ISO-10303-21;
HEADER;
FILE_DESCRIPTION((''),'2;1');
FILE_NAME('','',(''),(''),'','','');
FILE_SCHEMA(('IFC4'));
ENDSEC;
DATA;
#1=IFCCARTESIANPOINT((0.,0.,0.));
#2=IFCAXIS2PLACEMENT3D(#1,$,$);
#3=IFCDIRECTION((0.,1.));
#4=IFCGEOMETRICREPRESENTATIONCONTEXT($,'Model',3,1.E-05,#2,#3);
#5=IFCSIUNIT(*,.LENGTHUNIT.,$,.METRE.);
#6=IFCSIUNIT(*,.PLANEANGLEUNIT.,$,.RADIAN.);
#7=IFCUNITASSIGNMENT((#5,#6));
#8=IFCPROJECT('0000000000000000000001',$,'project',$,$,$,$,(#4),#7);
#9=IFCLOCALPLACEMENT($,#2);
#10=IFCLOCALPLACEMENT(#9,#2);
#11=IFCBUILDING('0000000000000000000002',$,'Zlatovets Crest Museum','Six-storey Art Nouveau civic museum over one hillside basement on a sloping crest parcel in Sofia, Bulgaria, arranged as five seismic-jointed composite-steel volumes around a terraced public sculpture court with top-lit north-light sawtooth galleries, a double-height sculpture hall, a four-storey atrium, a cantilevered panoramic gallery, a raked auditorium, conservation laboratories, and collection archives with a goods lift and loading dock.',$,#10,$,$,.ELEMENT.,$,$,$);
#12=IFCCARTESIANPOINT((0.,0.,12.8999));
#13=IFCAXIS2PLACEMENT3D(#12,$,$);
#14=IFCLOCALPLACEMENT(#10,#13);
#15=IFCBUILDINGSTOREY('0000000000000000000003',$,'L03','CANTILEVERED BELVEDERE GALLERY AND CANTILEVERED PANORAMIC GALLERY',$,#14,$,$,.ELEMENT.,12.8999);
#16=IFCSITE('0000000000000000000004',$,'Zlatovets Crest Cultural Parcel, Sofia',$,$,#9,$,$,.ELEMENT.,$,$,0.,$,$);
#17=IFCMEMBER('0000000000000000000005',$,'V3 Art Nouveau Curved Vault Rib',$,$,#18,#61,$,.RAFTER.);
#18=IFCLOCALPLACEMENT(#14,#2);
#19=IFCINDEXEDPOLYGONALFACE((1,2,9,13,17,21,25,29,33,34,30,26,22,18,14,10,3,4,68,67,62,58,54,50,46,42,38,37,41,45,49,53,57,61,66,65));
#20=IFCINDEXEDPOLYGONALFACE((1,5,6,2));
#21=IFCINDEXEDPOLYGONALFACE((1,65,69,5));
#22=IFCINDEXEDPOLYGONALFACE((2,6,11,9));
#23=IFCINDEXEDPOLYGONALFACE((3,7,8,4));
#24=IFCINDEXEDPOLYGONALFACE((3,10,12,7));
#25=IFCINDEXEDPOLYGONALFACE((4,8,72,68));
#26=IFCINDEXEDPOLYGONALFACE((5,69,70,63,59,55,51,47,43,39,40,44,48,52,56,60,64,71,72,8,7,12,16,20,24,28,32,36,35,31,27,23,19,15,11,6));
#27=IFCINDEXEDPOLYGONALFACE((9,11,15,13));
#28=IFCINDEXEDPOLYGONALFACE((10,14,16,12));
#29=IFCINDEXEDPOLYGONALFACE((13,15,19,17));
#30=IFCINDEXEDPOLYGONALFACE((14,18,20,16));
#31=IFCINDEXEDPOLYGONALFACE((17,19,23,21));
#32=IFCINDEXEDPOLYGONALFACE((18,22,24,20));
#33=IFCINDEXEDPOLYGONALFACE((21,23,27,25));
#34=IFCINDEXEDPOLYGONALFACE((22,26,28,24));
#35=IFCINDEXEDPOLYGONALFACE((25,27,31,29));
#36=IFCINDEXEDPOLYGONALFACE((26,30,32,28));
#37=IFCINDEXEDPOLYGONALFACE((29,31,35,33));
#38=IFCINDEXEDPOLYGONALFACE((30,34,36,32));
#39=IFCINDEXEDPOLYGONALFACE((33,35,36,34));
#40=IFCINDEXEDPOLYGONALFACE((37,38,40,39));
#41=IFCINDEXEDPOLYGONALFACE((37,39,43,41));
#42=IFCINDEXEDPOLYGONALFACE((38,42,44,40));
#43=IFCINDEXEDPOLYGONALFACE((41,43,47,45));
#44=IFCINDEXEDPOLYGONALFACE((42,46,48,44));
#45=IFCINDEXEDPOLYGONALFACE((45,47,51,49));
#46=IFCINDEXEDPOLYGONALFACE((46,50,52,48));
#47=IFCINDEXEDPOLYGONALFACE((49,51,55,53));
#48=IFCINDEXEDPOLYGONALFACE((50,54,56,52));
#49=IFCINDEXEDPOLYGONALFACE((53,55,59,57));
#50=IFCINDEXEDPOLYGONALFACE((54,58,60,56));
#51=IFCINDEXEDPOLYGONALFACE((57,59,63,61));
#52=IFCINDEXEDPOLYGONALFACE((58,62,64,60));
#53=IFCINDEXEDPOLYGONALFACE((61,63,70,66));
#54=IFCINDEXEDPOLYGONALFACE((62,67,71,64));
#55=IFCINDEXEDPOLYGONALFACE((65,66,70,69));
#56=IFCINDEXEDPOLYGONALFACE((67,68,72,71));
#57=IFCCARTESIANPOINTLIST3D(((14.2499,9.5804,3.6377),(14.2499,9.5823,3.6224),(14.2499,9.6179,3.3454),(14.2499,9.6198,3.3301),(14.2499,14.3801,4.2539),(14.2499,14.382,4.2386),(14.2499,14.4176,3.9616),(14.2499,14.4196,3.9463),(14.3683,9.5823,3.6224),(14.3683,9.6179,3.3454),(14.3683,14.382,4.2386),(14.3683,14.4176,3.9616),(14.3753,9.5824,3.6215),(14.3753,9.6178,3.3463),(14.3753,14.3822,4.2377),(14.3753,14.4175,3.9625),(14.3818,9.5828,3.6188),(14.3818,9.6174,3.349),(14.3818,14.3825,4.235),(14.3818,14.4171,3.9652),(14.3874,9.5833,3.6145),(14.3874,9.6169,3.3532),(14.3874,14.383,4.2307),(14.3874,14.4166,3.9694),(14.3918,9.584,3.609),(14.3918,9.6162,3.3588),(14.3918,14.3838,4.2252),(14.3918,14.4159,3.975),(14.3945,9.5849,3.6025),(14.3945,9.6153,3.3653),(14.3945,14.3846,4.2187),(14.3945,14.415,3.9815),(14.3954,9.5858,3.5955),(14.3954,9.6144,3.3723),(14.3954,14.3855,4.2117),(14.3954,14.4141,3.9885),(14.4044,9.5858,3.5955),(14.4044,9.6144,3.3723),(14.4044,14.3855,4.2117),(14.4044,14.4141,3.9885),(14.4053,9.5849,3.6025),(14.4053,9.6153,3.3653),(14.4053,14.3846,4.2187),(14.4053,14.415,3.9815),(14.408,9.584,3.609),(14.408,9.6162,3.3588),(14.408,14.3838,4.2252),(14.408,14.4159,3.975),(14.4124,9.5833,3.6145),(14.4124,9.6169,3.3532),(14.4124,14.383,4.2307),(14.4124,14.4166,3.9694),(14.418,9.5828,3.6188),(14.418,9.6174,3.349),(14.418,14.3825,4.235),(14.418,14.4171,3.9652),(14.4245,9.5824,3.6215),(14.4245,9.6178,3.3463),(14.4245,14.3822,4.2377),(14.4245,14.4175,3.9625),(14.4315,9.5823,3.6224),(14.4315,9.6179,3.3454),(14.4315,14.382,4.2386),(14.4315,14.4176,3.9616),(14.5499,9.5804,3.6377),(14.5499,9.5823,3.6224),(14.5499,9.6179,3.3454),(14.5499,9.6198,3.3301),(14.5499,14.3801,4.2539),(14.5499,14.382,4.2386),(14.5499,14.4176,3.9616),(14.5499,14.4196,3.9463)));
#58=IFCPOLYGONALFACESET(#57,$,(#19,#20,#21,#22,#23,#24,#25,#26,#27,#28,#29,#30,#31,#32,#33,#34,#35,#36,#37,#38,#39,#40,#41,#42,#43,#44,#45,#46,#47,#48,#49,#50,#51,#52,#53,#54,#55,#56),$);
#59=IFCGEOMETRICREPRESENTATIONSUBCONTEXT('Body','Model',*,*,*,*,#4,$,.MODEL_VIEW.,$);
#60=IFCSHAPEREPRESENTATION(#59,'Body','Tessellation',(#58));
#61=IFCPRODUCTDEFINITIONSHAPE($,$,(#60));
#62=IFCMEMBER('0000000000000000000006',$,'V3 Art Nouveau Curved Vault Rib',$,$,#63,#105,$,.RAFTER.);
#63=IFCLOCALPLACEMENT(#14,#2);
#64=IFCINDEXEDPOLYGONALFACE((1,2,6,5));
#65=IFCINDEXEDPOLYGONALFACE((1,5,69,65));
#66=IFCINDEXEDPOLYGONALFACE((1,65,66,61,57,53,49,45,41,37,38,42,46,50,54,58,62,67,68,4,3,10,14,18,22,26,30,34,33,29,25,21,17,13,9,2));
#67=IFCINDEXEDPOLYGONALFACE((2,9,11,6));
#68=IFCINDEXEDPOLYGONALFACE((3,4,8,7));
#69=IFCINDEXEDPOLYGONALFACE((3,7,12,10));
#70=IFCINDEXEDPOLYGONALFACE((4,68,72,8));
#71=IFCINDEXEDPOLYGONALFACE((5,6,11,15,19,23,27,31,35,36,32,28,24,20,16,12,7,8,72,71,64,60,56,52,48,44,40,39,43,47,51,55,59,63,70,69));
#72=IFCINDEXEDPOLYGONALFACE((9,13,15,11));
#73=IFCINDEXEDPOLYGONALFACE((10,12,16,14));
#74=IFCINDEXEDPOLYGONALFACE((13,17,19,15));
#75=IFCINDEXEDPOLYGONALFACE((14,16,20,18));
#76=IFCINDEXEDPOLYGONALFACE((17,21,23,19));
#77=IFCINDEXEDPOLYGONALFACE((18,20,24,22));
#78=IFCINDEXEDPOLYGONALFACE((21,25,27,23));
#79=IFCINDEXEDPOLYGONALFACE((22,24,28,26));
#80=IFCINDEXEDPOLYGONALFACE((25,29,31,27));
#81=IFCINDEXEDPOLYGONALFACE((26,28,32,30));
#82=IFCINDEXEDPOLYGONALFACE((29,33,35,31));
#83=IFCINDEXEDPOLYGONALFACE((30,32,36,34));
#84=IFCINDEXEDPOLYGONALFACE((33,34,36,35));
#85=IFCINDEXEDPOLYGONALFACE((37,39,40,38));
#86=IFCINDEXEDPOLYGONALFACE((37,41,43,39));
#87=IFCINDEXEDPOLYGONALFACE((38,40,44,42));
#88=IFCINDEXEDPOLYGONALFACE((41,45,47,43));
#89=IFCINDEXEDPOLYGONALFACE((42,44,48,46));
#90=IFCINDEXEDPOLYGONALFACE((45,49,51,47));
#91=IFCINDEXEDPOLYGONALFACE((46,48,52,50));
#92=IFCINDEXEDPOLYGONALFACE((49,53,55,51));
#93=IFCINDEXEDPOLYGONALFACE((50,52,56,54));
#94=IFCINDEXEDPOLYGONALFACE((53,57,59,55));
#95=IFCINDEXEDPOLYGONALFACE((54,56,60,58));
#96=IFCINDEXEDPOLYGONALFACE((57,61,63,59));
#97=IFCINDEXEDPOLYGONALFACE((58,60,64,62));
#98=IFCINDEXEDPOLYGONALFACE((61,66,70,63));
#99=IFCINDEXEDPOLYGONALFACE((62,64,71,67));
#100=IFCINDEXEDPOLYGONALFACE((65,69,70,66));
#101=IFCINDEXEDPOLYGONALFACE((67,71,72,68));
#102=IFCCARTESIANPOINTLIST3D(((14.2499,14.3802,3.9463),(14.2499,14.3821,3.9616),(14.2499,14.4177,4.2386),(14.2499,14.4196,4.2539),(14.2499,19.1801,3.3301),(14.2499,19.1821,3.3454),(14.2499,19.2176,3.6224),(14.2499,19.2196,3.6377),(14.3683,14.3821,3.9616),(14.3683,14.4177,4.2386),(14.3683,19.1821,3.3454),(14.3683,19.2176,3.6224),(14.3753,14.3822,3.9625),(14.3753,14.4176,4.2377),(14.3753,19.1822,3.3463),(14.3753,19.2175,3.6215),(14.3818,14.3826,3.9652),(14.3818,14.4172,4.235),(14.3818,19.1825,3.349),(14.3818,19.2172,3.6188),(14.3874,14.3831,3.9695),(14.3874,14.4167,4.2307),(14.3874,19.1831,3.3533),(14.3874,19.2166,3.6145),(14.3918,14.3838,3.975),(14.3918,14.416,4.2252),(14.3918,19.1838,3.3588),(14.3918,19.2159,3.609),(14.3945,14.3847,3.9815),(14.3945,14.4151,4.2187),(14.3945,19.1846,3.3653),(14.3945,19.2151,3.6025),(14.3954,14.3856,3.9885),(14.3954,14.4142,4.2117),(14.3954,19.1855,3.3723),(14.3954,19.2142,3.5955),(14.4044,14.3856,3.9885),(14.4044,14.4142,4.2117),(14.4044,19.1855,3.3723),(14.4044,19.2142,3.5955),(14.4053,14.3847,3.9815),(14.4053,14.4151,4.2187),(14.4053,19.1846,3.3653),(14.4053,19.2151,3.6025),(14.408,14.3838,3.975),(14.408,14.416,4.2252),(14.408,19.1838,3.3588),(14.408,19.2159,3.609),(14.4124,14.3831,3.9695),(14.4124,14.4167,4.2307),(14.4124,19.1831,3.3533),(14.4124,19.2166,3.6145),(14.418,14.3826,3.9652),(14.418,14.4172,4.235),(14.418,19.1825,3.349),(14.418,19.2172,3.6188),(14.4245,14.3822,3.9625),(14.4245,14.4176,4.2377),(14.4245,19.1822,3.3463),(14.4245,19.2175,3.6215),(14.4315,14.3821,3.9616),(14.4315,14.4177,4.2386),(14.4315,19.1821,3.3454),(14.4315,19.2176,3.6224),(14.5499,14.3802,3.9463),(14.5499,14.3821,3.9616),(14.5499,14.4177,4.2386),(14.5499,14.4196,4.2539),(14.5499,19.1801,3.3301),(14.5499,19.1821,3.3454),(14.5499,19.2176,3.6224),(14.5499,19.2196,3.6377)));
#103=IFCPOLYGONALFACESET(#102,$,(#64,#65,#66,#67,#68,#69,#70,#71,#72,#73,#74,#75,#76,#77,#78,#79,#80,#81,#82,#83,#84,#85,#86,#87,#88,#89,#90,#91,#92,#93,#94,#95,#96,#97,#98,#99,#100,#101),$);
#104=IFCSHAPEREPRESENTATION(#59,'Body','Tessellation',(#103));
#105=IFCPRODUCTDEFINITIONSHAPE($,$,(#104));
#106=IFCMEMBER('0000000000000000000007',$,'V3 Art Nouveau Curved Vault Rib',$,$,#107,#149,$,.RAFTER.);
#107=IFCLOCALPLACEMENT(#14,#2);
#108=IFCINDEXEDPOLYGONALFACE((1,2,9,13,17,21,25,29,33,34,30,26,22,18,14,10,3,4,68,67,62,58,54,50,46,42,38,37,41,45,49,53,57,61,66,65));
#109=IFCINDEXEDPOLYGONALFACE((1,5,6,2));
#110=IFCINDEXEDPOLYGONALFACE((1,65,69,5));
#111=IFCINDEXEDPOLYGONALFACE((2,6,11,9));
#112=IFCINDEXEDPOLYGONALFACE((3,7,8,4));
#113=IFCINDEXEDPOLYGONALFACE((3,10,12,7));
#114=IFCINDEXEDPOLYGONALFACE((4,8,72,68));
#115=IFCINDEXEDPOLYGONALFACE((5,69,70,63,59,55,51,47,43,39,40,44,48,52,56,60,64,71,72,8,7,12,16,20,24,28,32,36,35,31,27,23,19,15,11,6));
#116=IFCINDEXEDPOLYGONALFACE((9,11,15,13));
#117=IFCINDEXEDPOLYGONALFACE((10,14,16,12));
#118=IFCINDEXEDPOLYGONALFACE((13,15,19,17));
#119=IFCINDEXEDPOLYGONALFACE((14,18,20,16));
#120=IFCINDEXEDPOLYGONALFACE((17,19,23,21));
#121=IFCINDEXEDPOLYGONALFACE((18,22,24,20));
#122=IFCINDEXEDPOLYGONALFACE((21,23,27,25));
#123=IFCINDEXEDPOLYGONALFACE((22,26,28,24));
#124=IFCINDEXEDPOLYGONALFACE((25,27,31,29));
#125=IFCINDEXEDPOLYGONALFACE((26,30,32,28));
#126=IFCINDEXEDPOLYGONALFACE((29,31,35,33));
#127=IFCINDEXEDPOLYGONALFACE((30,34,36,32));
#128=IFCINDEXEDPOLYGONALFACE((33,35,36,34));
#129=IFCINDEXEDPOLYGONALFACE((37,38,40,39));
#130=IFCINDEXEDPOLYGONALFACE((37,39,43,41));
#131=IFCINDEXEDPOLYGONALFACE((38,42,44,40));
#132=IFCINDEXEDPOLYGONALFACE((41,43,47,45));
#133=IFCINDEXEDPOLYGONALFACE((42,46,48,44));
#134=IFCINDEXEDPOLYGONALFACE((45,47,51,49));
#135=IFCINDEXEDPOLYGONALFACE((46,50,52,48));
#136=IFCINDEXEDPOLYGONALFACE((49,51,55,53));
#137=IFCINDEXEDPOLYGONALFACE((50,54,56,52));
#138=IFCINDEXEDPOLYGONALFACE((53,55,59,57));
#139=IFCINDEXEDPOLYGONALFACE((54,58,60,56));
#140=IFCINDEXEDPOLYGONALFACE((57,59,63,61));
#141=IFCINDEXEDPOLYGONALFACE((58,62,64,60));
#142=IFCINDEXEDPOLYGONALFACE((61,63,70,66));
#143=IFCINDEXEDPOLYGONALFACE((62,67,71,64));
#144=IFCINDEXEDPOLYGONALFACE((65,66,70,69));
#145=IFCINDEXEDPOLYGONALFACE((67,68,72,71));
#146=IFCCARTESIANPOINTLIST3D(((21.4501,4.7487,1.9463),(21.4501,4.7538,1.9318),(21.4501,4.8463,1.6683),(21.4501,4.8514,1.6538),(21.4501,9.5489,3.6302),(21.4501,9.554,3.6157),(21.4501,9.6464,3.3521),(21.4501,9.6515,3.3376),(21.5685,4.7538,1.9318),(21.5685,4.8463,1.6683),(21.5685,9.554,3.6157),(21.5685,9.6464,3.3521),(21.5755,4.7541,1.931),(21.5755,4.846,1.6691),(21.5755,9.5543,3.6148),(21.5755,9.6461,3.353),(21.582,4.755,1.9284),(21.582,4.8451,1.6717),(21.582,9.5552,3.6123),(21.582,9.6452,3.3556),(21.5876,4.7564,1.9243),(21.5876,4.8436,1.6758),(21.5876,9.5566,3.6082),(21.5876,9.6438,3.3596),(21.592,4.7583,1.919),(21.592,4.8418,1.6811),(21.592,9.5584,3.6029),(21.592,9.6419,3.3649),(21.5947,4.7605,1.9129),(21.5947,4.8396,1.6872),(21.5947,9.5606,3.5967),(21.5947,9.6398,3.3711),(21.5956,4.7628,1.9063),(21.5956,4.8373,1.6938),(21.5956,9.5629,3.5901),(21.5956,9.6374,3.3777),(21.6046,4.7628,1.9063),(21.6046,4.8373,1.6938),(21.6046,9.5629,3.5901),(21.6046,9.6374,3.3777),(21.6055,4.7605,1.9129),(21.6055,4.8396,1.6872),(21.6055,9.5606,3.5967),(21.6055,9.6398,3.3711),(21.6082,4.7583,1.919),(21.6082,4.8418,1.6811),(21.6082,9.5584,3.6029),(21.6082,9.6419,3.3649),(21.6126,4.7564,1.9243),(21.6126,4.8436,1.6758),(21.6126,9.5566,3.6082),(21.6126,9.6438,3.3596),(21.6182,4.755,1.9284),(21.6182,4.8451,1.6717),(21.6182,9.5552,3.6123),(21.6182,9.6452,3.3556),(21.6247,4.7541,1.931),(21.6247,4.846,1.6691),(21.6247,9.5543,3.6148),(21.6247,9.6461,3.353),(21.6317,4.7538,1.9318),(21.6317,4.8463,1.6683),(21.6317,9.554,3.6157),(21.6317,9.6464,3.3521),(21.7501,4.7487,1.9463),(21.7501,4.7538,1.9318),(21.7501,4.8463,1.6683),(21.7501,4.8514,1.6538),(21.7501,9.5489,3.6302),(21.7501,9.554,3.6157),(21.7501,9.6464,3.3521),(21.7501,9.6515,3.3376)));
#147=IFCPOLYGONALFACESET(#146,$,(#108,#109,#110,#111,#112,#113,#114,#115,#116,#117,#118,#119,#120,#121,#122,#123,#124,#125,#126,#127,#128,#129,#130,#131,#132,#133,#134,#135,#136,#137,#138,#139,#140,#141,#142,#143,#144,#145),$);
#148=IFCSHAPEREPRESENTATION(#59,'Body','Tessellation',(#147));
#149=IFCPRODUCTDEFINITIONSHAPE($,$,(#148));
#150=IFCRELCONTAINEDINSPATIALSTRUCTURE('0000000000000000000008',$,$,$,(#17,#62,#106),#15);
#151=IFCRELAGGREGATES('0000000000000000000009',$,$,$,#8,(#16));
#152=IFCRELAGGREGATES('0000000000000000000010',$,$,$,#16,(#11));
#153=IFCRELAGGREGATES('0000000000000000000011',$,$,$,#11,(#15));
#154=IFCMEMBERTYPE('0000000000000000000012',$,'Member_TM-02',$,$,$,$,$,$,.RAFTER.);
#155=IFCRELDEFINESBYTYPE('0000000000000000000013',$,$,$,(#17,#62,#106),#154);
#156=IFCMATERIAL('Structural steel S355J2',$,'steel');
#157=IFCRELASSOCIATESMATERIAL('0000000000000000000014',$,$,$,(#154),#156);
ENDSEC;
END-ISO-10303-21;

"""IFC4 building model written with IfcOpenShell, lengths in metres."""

from ifc_helpers import new_model, si_unit, direction, frame, origin, origin_2d, place, context, subcontext, project, spatial, i_section, extrude, material, material_profile, profile_set, type_object, element, save


model = new_model("IFC4")

# Units and contexts
model_context = context("Model", 3, precision=1e-05, world=origin(), true_north=direction((0.0, 1.0)))
body_context = subcontext(model_context, "Body", "Model", "MODEL_VIEW")
ifc_project = project(units=[si_unit("LENGTHUNIT", "METRE"), si_unit("PLANEANGLEUNIT", "RADIAN")], contexts=[model_context])

# Site, building, storey
site_placement = place(None, origin())
site = spatial("IfcSite", under=ifc_project, at=site_placement, Name="Zlatovets Crest Cultural Parcel, Sofia", CompositionType="ELEMENT", RefElevation=0.0)
building_placement = place(site_placement, origin())
building = spatial("IfcBuilding", under=site, at=building_placement, Name="Zlatovets Crest Museum", Description="Six-storey Art Nouveau civic museum over one hillside basement on a sloping crest parcel in Sofia, Bulgaria, arranged as five seismic-jointed composite-steel volumes around a terraced public sculpture court with top-lit north-light sawtooth galleries, a double-height sculpture hall, a four-storey atrium, a cantilevered panoramic gallery, a raked auditorium, conservation laboratories, and collection archives with a goods lift and loading dock.", CompositionType="ELEMENT")
storey_placement = place(building_placement, frame((0.0, 0.0, 12.8999)))
storey = spatial("IfcBuildingStorey", under=building, at=storey_placement, Name="L03", Description="CANTILEVERED BELVEDERE GALLERY AND CANTILEVERED PANORAMIC GALLERY", CompositionType="ELEMENT", Elevation=12.8999)

# Shared definitions
ifc_material_1 = material(Name="Structural steel S355J2", Category="steel")

# Members
ifc_material_profile_1 = material_profile(ifc_material_1, i_section(OverallWidth=0.3, OverallDepth=0.3101, WebThickness=0.009, FlangeThickness=0.0154, FilletRadius=0.0271, at=origin_2d()), Name="HEA 320")
ifc_profile_set_1 = profile_set([ifc_material_profile_1], Name="Structural steel S355J2")
member_type_1 = type_object("IfcMemberType", Name="Member_TM-02", PredefinedType="RAFTER", material=ifc_profile_set_1)
member_1_placement = place(storey_placement, frame((14.3999, 9.6001, 3.4839), z_axis=(0.0, 0.991859, 0.127337), x_axis=(-1.0, 0.0, 0.0)))
element("IfcMember", 1, at=member_1_placement, inside=storey, type_object=member_type_1, Name="V3 Art Nouveau Curved Vault Rib", PredefinedType="RAFTER", context=body_context, shape_type="SweptSolid", body=[
    extrude(i_section(OverallWidth=0.3, OverallDepth=0.3101, WebThickness=0.009, FlangeThickness=0.0154, FilletRadius=0.0271, at=origin_2d()), origin(), (0.0, 0.0, 1.0), 4.8391),
])
member_2_placement = place(storey_placement, frame((14.3999, 14.3999, 4.1001), z_axis=(0.0, 0.99186, -0.127331), x_axis=(-1.0, 0.0, 0.0)))
element("IfcMember", 2, at=member_2_placement, inside=storey, type_object=member_type_1, Name="V3 Art Nouveau Curved Vault Rib", PredefinedType="RAFTER", context=body_context, shape_type="SweptSolid", body=[
    extrude(i_section(OverallWidth=0.3, OverallDepth=0.3101, WebThickness=0.009, FlangeThickness=0.0154, FilletRadius=0.0271, at=origin_2d()), origin(), (0.0, 0.0, 1.0), 4.8394),
])
member_3_placement = place(storey_placement, frame((21.6001, 4.8, 1.8), z_axis=(0.0, 0.943624, 0.331019), x_axis=(-1.0, 0.0, 0.0)))
element("IfcMember", 3, at=member_3_placement, inside=storey, type_object=member_type_1, Name="V3 Art Nouveau Curved Vault Rib", PredefinedType="RAFTER", context=body_context, shape_type="SweptSolid", body=[
    extrude(i_section(OverallWidth=0.3, OverallDepth=0.3101, WebThickness=0.009, FlangeThickness=0.0154, FilletRadius=0.0271, at=origin_2d()), origin(), (0.0, 0.0, 1.0), 5.0869),
])

save(model, "model.ifc")
